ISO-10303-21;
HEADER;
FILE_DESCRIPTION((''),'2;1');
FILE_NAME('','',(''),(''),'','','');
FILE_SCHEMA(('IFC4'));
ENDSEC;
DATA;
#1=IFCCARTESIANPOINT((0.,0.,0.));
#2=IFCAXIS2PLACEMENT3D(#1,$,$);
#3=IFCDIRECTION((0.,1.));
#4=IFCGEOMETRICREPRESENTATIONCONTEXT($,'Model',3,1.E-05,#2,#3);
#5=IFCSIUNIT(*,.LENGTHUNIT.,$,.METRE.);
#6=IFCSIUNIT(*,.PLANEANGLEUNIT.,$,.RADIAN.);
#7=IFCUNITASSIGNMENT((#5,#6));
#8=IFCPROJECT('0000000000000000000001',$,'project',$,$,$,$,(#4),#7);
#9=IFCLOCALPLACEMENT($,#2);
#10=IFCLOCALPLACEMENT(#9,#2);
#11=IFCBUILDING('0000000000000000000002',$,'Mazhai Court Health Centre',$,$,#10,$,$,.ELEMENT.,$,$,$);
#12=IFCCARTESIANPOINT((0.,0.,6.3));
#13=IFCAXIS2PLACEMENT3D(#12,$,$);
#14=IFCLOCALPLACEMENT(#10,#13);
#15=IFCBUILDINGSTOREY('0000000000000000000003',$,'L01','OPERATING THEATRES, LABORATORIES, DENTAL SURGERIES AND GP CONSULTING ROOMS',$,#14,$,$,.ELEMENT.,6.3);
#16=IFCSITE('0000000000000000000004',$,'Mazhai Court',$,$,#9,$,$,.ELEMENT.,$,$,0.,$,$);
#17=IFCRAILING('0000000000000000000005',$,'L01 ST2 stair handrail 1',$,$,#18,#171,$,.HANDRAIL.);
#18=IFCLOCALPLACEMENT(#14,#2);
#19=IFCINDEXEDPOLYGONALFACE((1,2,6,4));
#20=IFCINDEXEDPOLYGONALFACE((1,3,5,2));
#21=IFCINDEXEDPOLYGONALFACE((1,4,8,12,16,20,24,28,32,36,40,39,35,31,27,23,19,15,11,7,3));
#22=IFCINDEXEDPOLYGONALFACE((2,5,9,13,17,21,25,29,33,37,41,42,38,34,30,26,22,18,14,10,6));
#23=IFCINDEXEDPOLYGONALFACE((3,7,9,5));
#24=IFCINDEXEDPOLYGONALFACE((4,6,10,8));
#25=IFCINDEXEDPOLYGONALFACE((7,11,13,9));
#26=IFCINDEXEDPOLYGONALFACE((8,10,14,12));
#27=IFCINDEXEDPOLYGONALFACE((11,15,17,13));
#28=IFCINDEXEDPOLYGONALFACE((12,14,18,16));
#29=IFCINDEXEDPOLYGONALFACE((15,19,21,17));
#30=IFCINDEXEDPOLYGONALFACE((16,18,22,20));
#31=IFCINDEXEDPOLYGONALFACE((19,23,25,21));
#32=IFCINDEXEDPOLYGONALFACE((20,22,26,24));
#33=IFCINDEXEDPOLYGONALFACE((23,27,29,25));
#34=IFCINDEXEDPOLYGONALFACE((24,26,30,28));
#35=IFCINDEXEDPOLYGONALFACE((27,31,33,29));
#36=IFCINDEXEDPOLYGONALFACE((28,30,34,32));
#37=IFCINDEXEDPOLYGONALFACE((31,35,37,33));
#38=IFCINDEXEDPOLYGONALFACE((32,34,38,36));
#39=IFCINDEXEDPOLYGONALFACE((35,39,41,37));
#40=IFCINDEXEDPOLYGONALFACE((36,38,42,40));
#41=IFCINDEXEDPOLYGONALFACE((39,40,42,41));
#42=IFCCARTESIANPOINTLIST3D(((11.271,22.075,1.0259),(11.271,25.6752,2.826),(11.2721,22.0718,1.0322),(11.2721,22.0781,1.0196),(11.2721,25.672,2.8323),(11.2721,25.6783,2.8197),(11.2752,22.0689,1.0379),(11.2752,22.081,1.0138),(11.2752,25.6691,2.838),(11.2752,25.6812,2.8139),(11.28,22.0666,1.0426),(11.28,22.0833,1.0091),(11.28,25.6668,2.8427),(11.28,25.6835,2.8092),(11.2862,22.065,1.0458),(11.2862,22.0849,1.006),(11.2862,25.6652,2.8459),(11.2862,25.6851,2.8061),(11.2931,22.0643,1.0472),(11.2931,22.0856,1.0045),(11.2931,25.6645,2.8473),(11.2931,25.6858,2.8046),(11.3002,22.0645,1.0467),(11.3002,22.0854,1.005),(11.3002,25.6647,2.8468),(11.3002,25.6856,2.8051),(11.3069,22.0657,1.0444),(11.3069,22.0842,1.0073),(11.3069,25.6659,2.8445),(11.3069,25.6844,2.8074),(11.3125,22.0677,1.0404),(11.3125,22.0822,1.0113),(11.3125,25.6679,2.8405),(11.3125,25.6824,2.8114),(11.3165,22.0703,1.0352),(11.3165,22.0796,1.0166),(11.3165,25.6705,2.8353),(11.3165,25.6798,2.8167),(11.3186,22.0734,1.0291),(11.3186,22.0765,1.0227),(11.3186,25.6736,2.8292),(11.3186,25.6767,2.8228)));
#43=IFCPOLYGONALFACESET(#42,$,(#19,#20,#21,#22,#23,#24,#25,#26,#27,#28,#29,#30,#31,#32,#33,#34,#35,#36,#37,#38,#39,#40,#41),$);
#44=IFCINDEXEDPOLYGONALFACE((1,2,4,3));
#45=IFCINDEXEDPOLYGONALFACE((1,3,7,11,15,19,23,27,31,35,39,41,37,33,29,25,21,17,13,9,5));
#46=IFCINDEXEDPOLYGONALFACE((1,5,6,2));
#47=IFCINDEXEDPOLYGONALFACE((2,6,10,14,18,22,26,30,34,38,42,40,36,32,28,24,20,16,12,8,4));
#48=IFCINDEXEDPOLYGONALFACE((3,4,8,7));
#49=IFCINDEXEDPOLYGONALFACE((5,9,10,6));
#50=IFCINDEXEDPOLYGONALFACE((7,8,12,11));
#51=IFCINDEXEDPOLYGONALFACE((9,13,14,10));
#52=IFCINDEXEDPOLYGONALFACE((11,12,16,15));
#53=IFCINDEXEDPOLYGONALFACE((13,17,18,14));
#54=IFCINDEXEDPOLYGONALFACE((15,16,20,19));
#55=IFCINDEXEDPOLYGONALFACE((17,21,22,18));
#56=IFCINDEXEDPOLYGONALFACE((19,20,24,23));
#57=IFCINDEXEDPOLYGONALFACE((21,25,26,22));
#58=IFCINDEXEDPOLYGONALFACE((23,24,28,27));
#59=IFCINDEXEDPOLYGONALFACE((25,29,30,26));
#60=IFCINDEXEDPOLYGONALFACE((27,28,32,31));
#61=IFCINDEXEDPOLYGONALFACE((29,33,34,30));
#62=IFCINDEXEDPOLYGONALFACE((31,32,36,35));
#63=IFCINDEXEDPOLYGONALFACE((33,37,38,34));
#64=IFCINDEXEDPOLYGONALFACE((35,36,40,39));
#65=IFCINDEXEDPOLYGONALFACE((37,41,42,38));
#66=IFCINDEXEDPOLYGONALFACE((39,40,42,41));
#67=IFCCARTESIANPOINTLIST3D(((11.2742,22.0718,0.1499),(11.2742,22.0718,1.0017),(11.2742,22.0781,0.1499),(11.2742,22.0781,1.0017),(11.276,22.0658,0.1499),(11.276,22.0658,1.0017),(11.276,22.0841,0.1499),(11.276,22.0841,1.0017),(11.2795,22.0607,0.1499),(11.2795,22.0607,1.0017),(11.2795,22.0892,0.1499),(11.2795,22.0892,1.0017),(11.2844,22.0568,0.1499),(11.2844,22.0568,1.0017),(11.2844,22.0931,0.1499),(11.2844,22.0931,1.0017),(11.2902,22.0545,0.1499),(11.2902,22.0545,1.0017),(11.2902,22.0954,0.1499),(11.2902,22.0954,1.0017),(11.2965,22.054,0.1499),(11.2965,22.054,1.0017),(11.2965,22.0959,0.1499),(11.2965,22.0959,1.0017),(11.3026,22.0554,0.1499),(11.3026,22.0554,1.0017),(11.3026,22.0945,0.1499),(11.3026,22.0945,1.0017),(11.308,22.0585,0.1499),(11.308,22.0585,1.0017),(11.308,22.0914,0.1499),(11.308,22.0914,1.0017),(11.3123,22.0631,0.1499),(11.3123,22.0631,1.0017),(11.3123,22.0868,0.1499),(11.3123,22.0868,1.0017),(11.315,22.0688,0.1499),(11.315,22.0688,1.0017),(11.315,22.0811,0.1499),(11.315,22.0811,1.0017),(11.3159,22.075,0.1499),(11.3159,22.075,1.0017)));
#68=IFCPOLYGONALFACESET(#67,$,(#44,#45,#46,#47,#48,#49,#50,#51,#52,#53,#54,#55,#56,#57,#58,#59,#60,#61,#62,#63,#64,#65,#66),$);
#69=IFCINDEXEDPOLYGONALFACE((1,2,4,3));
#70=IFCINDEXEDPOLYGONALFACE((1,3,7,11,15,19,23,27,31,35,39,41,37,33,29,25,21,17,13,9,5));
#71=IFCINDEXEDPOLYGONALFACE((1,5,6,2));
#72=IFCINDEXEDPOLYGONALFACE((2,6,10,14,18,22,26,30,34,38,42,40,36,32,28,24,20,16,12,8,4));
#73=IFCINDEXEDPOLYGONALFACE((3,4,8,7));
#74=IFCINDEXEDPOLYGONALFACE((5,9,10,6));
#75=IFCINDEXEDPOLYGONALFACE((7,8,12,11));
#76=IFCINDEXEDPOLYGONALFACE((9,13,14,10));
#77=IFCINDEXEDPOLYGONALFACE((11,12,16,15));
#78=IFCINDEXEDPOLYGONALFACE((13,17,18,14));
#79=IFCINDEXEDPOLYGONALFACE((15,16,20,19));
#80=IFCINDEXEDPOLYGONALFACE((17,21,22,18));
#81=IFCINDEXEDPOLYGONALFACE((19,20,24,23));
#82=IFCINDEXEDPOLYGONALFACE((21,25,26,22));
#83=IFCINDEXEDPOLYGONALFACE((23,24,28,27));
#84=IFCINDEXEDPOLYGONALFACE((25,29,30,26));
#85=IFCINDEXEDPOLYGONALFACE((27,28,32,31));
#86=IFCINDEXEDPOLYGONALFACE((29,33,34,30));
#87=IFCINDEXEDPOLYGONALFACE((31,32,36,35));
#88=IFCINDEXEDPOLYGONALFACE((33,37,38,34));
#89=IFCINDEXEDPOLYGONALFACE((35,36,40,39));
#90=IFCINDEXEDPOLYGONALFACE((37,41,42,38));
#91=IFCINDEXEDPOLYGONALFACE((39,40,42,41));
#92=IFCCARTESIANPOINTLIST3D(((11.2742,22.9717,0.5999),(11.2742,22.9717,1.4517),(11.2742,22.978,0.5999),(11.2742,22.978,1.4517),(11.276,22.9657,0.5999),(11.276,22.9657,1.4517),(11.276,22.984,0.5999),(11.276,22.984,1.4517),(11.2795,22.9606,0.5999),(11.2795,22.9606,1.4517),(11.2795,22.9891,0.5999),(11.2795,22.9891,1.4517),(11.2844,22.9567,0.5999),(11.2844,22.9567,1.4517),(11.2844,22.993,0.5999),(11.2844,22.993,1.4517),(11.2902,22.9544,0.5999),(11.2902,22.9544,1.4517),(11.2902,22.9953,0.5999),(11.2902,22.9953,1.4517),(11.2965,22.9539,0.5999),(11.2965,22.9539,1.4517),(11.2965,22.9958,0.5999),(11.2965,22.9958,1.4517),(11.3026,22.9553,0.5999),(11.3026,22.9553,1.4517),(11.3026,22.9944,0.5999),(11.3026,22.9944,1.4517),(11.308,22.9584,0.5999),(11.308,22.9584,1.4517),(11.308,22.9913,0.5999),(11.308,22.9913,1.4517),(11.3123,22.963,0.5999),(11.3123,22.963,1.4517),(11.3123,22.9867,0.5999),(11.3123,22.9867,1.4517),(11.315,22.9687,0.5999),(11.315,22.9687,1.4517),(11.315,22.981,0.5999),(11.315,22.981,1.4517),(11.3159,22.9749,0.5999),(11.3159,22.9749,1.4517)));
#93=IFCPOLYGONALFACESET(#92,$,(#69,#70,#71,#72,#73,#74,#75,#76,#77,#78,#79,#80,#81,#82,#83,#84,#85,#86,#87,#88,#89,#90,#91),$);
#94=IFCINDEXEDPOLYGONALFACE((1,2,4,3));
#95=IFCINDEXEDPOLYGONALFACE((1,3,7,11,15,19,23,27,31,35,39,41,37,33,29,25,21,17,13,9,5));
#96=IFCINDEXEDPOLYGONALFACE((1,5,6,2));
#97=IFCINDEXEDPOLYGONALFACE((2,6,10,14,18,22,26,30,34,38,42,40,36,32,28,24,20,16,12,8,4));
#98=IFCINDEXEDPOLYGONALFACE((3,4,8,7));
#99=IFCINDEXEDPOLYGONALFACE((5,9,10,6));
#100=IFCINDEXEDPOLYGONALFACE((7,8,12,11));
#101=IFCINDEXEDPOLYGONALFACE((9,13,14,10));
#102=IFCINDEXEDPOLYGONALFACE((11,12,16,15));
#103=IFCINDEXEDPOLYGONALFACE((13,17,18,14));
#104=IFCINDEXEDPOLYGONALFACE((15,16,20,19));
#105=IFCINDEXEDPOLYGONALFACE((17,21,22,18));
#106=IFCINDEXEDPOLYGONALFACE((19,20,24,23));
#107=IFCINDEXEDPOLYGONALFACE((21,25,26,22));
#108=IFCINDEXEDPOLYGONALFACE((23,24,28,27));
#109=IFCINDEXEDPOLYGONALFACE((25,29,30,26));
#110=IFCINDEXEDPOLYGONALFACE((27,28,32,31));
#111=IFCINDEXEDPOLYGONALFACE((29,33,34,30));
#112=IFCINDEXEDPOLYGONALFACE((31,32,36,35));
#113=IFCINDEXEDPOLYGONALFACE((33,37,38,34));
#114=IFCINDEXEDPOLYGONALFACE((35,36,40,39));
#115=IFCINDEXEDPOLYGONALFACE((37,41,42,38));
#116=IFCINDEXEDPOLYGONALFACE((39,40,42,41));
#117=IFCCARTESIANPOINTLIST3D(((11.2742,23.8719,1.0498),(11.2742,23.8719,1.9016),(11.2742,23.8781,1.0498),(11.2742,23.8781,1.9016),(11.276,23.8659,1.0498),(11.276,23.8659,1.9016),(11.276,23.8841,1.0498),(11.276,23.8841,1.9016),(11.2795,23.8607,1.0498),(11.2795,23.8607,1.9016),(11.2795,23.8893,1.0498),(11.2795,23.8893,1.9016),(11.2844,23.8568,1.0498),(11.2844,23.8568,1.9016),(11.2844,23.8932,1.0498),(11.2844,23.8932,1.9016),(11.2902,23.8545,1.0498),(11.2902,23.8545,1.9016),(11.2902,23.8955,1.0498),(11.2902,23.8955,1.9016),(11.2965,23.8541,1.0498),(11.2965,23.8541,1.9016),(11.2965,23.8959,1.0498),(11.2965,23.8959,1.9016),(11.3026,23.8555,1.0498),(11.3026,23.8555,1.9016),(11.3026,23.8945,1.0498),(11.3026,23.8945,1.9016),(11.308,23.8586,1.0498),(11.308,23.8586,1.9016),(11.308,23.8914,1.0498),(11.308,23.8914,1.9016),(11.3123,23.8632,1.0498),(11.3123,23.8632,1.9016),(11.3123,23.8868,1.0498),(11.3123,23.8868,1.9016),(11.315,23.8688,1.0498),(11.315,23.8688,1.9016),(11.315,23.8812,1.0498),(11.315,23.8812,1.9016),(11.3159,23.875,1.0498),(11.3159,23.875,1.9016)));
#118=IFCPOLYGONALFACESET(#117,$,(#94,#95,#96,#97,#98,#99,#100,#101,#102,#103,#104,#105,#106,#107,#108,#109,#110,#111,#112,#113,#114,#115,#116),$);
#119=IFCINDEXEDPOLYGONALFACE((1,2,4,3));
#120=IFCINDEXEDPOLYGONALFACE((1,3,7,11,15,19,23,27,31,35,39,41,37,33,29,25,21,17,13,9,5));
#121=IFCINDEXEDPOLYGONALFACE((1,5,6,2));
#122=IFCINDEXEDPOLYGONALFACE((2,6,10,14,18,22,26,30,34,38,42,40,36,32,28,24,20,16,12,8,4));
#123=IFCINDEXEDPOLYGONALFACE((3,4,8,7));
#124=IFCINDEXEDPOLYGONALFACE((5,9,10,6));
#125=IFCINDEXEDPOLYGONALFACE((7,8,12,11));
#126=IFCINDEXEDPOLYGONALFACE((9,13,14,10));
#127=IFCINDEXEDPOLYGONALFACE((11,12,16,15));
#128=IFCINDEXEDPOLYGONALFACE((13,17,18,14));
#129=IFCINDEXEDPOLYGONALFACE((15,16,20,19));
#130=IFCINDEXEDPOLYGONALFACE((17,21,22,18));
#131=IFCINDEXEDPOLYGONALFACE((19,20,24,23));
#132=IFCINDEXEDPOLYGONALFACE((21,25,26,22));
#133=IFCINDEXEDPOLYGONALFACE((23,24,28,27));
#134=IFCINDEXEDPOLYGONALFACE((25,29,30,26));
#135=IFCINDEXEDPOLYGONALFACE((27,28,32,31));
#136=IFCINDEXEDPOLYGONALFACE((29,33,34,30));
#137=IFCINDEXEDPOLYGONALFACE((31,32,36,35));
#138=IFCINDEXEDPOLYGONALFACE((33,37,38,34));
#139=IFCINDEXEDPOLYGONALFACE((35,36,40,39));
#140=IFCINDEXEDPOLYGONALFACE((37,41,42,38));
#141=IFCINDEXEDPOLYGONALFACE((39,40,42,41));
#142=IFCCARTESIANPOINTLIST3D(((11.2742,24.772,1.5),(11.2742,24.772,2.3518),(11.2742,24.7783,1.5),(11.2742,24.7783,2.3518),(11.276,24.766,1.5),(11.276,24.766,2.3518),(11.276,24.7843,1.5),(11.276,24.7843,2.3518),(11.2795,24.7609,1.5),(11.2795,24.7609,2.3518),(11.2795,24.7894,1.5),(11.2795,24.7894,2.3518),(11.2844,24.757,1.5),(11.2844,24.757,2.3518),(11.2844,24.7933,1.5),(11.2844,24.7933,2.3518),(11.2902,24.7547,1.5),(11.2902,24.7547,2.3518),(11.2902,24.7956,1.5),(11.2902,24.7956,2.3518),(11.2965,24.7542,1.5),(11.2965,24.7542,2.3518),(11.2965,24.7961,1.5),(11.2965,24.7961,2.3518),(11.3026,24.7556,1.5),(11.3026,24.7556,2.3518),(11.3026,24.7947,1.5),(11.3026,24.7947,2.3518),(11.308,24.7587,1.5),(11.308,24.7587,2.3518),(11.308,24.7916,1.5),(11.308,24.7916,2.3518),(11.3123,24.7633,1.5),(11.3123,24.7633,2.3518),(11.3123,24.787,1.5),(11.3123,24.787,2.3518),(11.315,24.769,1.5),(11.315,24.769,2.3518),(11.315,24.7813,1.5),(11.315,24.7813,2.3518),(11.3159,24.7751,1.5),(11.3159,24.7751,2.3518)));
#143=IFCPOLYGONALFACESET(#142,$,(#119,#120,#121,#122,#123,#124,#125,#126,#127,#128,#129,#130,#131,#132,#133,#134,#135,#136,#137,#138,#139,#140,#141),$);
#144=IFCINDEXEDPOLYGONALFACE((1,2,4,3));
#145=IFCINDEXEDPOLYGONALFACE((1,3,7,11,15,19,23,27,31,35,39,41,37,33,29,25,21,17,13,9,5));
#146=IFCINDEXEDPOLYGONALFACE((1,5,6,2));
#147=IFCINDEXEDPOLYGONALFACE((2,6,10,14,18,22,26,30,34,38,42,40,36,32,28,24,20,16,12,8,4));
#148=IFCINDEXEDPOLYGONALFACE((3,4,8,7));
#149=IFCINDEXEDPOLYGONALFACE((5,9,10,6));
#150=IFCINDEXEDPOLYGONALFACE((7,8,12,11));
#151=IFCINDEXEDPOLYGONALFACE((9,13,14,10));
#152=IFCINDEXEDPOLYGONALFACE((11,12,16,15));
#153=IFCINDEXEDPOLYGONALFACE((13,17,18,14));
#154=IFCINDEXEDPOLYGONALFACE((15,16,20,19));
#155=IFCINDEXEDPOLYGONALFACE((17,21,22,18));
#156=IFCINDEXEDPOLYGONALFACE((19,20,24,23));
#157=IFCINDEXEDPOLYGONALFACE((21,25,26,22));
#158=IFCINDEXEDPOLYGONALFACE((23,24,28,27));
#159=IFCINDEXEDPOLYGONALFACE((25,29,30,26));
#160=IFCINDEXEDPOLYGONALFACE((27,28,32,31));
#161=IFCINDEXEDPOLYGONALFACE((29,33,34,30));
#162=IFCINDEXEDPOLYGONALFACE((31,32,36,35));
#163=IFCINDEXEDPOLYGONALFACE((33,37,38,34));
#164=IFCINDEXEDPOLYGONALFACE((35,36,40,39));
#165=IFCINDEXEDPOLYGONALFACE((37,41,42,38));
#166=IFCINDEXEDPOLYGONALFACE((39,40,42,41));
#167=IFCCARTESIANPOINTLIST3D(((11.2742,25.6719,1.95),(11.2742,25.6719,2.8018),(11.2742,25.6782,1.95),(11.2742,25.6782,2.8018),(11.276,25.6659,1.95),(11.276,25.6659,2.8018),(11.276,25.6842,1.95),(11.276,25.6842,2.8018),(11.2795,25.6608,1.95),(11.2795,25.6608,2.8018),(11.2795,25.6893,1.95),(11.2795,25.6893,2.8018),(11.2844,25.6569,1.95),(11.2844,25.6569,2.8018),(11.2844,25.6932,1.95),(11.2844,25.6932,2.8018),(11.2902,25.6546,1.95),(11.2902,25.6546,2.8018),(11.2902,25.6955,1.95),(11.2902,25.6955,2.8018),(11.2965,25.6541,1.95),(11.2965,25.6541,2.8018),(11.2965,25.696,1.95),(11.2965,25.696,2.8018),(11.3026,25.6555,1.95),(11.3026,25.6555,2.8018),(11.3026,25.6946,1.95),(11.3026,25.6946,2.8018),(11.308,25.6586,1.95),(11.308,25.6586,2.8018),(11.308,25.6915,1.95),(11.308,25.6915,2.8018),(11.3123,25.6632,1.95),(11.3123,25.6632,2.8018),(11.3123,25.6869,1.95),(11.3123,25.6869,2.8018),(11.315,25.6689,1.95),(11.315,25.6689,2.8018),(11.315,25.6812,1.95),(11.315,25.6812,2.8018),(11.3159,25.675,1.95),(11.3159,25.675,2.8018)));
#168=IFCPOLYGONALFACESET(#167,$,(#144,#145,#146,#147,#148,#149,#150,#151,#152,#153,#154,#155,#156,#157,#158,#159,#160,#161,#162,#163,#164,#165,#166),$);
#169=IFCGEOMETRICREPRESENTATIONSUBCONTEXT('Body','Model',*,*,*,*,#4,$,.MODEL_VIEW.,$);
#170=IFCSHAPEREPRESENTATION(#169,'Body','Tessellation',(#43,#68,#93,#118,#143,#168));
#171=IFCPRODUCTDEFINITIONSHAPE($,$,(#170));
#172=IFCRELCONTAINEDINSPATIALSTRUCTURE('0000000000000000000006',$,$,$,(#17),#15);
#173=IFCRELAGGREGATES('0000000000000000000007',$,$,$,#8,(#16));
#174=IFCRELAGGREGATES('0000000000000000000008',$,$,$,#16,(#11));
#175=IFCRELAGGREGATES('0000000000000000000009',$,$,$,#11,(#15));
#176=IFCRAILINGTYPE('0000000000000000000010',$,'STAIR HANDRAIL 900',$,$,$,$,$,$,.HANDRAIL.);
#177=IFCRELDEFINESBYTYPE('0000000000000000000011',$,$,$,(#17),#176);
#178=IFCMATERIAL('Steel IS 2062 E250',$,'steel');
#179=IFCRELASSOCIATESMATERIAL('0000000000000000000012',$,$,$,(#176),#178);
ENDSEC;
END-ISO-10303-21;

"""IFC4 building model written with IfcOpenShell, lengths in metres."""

from ifc_helpers import new_model, si_unit, direction, frame, origin, origin_2d, place, context, subcontext, project, spatial, circle, extrude, material, type_object, element, save


model = new_model("IFC4")

# Units and contexts
model_context = context("Model", 3, precision=1e-05, world=origin(), true_north=direction((0.0, 1.0)))
body_context = subcontext(model_context, "Body", "Model", "MODEL_VIEW")
ifc_project = project(units=[si_unit("LENGTHUNIT", "METRE"), si_unit("PLANEANGLEUNIT", "RADIAN")], contexts=[model_context])

# Site, building, storey
site_placement = place(None, origin())
site = spatial("IfcSite", under=ifc_project, at=site_placement, Name="Mazhai Court", CompositionType="ELEMENT", RefElevation=0.0)
building_placement = place(site_placement, origin())
building = spatial("IfcBuilding", under=site, at=building_placement, Name="Mazhai Court Health Centre", CompositionType="ELEMENT")
storey_placement = place(building_placement, frame((0.0, 0.0, 6.3)))
storey = spatial("IfcBuildingStorey", under=building, at=storey_placement, Name="L01", Description="OPERATING THEATRES, LABORATORIES, DENTAL SURGERIES AND GP CONSULTING ROOMS", CompositionType="ELEMENT", Elevation=6.3)

# Railing
ifc_material_1 = material(Name="Steel IS 2062 E250", Category="steel")
railing_type_1 = type_object("IfcRailingType", Name="STAIR HANDRAIL 900", PredefinedType="HANDRAIL", material=ifc_material_1)
railing_1_placement = place(storey_placement, frame((11.2949, 22.075, 0.1499)))
element("IfcRailing", 1, at=railing_1_placement, inside=storey, type_object=railing_type_1, Name="L01 ST2 stair handrail 1", PredefinedType="HANDRAIL", context=body_context, shape_type="SweptSolid", body=[
    extrude(circle(Radius=0.0239, at=origin_2d()), frame((0.0, 0.0, 0.876), z_axis=(0.0, 0.894427, 0.447214), x_axis=(-1.0, 0.0, 0.0)), (0.0, 0.0, 1.0), 4.0251),
    extrude(circle(Radius=0.021, at=origin_2d()), origin(), (0.0, 0.0, 1.0), 0.8518),
    extrude(circle(Radius=0.021, at=origin_2d()), frame((0.0, 0.8999, 0.45)), (0.0, 0.0, 1.0), 0.8518),
    extrude(circle(Radius=0.021, at=origin_2d()), frame((0.0, 1.8, 0.8999)), (0.0, 0.0, 1.0), 0.8518),
    extrude(circle(Radius=0.021, at=origin_2d()), frame((0.0, 2.7002, 1.3501)), (0.0, 0.0, 1.0), 0.8518),
    extrude(circle(Radius=0.021, at=origin_2d()), frame((0.0, 3.6001, 1.8)), (0.0, 0.0, 1.0), 0.8518),
])

save(model, "model.ifc")
